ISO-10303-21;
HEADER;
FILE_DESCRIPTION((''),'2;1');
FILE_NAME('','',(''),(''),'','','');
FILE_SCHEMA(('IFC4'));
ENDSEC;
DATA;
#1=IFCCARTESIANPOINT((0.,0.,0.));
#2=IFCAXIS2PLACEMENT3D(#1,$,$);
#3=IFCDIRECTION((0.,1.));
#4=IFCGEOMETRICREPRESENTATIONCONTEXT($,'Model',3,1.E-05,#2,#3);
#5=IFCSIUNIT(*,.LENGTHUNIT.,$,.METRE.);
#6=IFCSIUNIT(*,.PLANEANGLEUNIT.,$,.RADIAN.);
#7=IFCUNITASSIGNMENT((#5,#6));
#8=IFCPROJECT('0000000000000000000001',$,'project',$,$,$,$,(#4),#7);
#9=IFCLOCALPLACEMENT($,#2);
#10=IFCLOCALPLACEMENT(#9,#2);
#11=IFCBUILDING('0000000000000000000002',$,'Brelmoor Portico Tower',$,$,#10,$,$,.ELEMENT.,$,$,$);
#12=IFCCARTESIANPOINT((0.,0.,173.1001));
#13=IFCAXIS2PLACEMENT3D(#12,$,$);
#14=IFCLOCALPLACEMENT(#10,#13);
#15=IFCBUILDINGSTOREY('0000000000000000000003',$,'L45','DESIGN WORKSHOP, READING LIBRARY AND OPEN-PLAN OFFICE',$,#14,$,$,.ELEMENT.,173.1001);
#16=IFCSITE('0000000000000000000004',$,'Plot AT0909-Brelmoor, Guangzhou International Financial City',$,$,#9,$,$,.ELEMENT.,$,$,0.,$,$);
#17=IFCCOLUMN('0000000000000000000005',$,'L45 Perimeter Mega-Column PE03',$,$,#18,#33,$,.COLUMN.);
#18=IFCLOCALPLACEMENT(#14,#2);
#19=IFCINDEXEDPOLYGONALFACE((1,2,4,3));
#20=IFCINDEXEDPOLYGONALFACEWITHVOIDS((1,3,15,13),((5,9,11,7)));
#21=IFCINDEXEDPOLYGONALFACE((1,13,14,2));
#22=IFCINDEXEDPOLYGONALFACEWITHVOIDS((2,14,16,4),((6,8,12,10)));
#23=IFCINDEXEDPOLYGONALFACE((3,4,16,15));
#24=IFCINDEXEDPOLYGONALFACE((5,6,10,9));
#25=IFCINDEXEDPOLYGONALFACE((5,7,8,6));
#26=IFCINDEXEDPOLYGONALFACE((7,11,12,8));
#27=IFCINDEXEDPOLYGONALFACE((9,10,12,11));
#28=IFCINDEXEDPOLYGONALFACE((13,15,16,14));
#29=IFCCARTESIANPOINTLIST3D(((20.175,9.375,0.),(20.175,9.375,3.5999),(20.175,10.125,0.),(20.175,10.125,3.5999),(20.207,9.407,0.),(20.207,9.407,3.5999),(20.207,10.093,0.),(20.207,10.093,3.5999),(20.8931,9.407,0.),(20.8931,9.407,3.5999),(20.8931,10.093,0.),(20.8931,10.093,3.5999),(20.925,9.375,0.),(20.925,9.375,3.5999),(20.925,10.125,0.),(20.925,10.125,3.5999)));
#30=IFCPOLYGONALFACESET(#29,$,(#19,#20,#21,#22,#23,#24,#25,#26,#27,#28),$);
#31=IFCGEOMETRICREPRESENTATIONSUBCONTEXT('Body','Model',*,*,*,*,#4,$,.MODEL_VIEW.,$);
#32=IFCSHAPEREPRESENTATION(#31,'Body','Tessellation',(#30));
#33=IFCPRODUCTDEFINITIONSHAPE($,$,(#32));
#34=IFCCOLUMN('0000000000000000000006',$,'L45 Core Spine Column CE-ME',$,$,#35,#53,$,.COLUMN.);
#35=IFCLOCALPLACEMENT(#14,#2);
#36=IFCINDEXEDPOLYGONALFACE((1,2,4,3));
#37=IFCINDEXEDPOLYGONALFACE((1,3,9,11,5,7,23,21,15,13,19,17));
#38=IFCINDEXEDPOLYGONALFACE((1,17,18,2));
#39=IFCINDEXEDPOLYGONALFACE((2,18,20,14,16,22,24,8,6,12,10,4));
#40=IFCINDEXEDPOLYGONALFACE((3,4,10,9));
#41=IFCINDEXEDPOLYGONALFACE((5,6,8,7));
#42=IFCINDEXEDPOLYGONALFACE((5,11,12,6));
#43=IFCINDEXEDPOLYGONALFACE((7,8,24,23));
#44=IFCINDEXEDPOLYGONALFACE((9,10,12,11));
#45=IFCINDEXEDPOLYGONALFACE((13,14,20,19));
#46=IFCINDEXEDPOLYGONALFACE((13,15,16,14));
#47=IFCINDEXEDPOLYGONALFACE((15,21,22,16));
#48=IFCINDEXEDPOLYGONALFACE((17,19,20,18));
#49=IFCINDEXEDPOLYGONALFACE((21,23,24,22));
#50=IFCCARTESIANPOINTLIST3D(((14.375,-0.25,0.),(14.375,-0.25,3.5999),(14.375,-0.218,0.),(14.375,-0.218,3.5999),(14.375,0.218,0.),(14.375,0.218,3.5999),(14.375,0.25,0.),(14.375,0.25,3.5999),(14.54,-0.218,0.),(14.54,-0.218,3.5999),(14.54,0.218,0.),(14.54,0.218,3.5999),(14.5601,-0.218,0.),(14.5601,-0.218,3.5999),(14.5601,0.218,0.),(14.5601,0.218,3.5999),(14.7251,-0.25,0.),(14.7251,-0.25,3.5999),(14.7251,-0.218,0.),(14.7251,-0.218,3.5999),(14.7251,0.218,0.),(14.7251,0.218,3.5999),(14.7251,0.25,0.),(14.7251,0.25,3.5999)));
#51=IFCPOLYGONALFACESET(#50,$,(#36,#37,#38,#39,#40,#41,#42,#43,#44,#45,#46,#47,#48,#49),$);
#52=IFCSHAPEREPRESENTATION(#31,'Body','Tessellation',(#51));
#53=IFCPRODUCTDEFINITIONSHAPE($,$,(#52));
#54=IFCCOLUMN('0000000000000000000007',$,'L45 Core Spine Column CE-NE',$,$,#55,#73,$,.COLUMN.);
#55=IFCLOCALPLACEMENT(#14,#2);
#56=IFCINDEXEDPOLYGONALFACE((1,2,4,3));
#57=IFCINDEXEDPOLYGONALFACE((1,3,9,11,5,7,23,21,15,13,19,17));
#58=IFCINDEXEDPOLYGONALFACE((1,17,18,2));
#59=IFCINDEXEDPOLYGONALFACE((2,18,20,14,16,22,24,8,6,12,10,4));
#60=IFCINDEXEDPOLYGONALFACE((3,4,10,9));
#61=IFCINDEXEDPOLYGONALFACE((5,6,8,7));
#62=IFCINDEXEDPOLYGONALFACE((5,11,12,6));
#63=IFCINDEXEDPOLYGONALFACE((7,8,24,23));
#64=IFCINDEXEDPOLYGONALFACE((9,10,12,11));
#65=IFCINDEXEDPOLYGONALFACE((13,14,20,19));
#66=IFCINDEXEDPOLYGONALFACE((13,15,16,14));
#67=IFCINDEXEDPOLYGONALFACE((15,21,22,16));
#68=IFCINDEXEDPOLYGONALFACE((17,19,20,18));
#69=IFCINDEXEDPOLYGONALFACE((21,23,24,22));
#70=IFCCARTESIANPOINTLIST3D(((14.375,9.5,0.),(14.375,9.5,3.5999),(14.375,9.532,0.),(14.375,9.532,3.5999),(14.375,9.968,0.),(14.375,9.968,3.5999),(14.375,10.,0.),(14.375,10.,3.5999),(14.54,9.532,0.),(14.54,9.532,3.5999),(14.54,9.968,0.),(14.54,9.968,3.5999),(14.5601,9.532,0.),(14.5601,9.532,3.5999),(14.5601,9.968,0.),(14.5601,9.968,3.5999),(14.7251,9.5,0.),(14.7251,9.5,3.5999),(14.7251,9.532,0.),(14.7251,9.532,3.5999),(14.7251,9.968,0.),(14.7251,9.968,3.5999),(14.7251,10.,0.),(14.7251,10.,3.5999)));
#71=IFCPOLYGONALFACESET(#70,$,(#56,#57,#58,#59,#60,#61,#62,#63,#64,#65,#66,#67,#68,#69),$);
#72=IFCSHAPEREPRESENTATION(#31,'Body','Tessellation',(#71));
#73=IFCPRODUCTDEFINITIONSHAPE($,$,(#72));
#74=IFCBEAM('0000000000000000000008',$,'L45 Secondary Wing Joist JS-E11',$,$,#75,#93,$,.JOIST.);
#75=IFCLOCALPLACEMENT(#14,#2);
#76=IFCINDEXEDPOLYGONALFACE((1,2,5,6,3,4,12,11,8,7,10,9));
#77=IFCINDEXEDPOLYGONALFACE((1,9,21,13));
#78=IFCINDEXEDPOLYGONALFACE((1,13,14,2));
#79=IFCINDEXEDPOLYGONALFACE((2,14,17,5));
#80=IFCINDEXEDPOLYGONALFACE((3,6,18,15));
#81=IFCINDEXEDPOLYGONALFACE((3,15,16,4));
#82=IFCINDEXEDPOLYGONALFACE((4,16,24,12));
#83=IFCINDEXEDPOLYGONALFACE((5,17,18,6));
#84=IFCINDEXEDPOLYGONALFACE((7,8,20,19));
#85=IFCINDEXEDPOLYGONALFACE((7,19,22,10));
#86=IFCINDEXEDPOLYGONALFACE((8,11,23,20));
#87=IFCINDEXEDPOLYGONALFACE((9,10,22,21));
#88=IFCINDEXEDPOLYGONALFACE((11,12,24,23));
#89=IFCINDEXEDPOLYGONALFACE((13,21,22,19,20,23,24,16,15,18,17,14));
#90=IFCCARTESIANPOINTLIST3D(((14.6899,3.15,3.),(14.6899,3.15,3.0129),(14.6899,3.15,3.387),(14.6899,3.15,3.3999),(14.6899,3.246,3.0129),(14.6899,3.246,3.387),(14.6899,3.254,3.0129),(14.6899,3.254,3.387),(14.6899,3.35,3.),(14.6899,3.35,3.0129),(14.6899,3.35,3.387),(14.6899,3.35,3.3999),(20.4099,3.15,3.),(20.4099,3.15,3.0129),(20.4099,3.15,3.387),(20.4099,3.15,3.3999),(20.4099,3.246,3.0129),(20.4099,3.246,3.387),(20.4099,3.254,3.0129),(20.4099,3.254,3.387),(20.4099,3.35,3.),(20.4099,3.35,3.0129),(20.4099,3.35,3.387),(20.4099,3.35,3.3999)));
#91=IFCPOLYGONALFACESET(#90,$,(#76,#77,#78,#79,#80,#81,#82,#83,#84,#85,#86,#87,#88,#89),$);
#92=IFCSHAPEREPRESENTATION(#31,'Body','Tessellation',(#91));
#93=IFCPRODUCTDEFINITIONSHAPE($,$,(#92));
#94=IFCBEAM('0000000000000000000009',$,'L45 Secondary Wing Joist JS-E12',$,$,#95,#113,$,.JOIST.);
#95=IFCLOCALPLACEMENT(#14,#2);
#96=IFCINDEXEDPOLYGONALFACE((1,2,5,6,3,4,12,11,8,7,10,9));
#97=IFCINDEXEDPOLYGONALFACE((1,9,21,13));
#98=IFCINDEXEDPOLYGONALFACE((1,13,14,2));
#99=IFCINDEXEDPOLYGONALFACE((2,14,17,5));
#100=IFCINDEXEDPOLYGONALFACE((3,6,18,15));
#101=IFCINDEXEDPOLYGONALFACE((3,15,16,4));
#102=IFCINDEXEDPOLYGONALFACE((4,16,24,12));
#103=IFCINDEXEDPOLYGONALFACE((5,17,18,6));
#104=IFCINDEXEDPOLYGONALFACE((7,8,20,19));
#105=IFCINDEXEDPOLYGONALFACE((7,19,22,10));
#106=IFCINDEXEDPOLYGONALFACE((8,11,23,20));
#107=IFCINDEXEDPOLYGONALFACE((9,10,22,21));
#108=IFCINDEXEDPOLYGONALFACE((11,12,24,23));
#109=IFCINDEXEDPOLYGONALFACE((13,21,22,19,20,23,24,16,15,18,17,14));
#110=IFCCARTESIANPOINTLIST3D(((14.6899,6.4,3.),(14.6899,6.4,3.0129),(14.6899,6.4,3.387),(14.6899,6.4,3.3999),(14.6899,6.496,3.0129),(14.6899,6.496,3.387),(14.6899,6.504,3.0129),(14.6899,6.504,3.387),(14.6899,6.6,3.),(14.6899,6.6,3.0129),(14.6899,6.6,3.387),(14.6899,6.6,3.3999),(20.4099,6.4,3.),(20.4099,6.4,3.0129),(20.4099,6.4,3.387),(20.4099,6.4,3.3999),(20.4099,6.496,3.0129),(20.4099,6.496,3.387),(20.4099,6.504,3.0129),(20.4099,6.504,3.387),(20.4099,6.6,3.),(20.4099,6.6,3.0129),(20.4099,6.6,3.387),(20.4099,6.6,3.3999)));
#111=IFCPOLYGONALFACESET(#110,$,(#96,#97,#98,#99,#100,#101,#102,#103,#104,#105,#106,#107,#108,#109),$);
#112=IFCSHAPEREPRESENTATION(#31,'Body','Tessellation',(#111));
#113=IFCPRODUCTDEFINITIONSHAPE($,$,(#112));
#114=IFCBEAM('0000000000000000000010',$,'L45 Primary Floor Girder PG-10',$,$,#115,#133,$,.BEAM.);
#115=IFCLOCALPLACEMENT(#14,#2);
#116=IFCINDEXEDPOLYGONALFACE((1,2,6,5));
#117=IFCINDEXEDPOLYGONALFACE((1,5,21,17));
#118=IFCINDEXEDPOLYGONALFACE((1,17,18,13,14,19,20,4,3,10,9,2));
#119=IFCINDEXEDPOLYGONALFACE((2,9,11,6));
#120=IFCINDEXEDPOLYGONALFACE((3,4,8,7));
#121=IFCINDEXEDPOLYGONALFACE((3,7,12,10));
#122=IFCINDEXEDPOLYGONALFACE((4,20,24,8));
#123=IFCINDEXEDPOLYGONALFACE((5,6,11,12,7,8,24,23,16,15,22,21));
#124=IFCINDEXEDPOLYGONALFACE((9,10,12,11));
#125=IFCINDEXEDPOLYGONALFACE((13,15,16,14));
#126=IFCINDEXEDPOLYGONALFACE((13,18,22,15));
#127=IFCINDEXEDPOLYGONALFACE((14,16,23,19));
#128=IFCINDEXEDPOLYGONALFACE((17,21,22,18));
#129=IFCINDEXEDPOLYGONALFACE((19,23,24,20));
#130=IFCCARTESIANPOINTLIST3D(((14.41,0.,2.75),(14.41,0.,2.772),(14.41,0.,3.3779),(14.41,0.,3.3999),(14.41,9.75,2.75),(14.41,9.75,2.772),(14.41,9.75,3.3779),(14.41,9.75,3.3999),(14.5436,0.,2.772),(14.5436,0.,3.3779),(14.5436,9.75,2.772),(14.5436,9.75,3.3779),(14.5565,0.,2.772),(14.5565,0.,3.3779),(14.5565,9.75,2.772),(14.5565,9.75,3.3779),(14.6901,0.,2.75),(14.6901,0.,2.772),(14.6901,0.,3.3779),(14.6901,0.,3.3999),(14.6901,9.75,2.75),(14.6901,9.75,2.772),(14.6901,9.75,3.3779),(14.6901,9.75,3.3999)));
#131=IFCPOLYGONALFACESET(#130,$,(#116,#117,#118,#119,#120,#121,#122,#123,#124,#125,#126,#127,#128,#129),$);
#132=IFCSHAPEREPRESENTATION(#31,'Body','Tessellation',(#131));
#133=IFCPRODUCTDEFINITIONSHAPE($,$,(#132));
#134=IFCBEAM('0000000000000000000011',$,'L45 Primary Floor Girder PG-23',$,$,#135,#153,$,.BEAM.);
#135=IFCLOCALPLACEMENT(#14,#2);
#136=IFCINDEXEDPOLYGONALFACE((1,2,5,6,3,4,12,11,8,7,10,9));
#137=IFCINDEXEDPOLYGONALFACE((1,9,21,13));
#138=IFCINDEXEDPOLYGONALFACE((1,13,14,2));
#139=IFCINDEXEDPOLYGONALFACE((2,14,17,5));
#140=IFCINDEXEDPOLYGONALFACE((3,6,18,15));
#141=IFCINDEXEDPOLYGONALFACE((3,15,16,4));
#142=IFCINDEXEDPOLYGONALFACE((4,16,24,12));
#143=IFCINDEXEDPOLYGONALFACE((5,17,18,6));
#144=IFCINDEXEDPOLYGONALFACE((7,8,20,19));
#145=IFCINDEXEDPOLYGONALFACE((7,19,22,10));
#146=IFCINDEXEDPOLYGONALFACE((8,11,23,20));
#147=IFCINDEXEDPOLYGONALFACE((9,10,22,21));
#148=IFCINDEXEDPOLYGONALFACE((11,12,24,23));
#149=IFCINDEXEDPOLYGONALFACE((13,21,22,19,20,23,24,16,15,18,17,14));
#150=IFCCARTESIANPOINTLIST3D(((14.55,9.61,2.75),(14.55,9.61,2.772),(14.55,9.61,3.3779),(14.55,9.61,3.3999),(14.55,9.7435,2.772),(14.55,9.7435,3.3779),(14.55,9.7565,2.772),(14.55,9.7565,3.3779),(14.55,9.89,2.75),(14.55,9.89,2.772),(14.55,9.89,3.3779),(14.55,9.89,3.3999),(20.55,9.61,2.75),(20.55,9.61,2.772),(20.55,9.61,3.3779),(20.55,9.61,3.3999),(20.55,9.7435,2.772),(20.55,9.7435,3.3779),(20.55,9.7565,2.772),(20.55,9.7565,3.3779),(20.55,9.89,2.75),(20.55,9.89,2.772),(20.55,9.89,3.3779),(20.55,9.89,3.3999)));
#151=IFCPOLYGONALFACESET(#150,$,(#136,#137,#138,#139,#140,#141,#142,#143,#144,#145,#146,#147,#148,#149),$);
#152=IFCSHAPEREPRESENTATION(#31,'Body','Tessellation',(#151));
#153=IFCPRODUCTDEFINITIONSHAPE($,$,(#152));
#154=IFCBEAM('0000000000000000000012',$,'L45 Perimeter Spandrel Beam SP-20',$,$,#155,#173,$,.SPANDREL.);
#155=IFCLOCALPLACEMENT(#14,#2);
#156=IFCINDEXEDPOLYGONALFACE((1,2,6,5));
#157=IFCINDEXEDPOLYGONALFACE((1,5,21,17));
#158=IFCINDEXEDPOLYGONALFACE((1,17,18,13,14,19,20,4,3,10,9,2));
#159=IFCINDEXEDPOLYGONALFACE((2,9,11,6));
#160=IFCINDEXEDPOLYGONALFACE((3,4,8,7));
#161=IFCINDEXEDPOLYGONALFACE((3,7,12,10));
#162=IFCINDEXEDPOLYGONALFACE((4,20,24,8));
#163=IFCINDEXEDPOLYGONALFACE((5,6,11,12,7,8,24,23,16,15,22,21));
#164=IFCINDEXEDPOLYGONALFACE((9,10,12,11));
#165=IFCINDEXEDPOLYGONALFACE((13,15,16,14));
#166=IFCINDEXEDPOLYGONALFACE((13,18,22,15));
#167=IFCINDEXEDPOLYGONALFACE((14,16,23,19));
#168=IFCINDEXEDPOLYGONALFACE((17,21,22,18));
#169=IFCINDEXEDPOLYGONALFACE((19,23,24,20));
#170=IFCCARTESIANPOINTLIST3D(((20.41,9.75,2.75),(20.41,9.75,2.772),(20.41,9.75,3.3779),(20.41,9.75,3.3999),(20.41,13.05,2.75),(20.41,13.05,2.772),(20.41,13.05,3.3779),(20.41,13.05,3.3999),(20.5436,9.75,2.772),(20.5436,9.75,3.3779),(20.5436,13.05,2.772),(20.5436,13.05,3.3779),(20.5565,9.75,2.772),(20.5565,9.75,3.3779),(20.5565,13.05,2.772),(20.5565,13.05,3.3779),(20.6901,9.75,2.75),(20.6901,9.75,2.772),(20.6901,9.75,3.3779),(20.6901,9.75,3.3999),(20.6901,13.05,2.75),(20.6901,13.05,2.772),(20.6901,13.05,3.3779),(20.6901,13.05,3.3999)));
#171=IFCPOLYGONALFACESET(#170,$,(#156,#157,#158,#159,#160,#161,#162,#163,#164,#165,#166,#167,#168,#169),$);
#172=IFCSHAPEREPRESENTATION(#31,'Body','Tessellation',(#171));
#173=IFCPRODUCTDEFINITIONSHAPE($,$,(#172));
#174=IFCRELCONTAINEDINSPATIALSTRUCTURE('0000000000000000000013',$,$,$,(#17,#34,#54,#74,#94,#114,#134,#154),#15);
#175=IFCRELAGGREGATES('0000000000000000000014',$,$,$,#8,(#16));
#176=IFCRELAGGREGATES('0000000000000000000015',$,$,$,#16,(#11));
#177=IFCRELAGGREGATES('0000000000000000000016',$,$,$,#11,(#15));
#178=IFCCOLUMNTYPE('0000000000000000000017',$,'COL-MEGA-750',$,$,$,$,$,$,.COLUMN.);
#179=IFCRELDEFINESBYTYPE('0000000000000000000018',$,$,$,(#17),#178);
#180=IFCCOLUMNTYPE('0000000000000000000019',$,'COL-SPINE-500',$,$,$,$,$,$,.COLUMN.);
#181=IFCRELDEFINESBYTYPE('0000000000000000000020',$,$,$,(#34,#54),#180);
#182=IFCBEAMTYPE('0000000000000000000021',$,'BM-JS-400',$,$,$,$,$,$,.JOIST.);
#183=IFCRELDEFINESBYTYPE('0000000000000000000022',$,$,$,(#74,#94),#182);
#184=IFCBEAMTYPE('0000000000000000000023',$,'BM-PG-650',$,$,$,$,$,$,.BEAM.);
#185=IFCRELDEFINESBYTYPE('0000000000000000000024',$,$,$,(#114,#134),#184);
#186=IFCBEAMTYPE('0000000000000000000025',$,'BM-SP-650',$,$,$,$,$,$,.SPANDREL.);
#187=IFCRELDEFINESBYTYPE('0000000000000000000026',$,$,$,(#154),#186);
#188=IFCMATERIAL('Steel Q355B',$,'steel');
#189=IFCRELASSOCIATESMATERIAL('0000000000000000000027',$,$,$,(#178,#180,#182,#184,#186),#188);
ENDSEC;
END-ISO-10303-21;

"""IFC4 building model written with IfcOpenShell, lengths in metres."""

from ifc_helpers import new_model, si_unit, direction, frame, origin, origin_2d, place, context, subcontext, project, spatial, hollow_rectangle, i_section, extrude, material, material_profile, profile_set, type_object, element, save


model = new_model("IFC4")

# Units and contexts
model_context = context("Model", 3, precision=1e-05, world=origin(), true_north=direction((0.0, 1.0)))
body_context = subcontext(model_context, "Body", "Model", "MODEL_VIEW")
ifc_project = project(units=[si_unit("LENGTHUNIT", "METRE"), si_unit("PLANEANGLEUNIT", "RADIAN")], contexts=[model_context])

# Site, building, storey
site_placement = place(None, origin())
site = spatial("IfcSite", under=ifc_project, at=site_placement, Name="Plot AT0909-Brelmoor, Guangzhou International Financial City", CompositionType="ELEMENT", RefElevation=0.0)
building_placement = place(site_placement, origin())
building = spatial("IfcBuilding", under=site, at=building_placement, Name="Brelmoor Portico Tower", CompositionType="ELEMENT")
storey_placement = place(building_placement, frame((0.0, 0.0, 173.1001)))
storey = spatial("IfcBuildingStorey", under=building, at=storey_placement, Name="L45", Description="DESIGN WORKSHOP, READING LIBRARY AND OPEN-PLAN OFFICE", CompositionType="ELEMENT", Elevation=173.1001)

# Columns
ifc_material_1 = material(Name="Steel Q355B", Category="steel")
ifc_material_profile_1 = material_profile(ifc_material_1, hollow_rectangle(XDim=0.75, YDim=0.75, WallThickness=0.032, at=origin_2d()), Name="BOX 750x750x32")
ifc_profile_set_1 = profile_set([ifc_material_profile_1], Name="Steel Q355B")
column_type_1 = type_object("IfcColumnType", Name="COL-MEGA-750", PredefinedType="COLUMN", material=ifc_profile_set_1)
column_placement = place(storey_placement, frame((20.55, 9.75, 0.0), z_axis=(0.0, 0.0, 1.0), x_axis=(0.0, 1.0, 0.0)))
element("IfcColumn", 1, at=column_placement, inside=storey, type_object=column_type_1, Name="L45 Perimeter Mega-Column PE03", PredefinedType="COLUMN", context=body_context, shape_type="SweptSolid", body=[
    extrude(hollow_rectangle(XDim=0.75, YDim=0.75, WallThickness=0.032, at=origin_2d()), origin(), (0.0, 0.0, 1.0), 3.5999),
])
ifc_material_profile_2 = material_profile(ifc_material_1, i_section(OverallWidth=0.3501, OverallDepth=0.5, WebThickness=0.02, FlangeThickness=0.032, at=origin_2d()), Name="HW 500x350x20x32")
ifc_profile_set_2 = profile_set([ifc_material_profile_2], Name="Steel Q355B")
column_type_2 = type_object("IfcColumnType", Name="COL-SPINE-500", PredefinedType="COLUMN", material=ifc_profile_set_2)
for number, where, z_axis, x_axis, name in (
    (2, (14.55, 0.0, 0.0), (0.0, 0.0, 1.0), (1.0, 0.0, 0.0), "L45 Core Spine Column CE-ME"),
    (3, (14.55, 9.75, 0.0), (0.0, 0.0, 1.0), (1.0, 0.0, 0.0), "L45 Core Spine Column CE-NE"),
):
    element("IfcColumn", number, at=place(storey_placement, frame(where, z_axis=z_axis, x_axis=x_axis)), inside=storey, type_object=column_type_2, Name=name, PredefinedType="COLUMN", context=body_context, shape_type="SweptSolid", body=[
        extrude(i_section(OverallWidth=0.3501, OverallDepth=0.5, WebThickness=0.02, FlangeThickness=0.032, at=origin_2d()), origin(), (0.0, 0.0, 1.0), 3.5999),
    ])

# Beams
ifc_material_profile_3 = material_profile(ifc_material_1, i_section(OverallWidth=0.2, OverallDepth=0.3999, WebThickness=0.0081, FlangeThickness=0.0129, at=origin_2d()), Name="HN 400x200x8x13")
ifc_profile_set_3 = profile_set([ifc_material_profile_3], Name="Steel Q355B")
beam_type_1 = type_object("IfcBeamType", Name="BM-JS-400", PredefinedType="JOIST", material=ifc_profile_set_3)
for number, where, z_axis, x_axis, name in (
    (4, (14.6899, 3.25, 3.2), (1.0, 0.0, 0.0), (0.0, 1.0, 0.0), "L45 Secondary Wing Joist JS-E11"),
    (5, (14.6899, 6.5, 3.2), (1.0, 0.0, 0.0), (0.0, 1.0, 0.0), "L45 Secondary Wing Joist JS-E12"),
):
    element("IfcBeam", number, at=place(storey_placement, frame(where, z_axis=z_axis, x_axis=x_axis)), inside=storey, type_object=beam_type_1, Name=name, PredefinedType="JOIST", context=body_context, shape_type="SweptSolid", body=[
        extrude(i_section(OverallWidth=0.2, OverallDepth=0.3999, WebThickness=0.0081, FlangeThickness=0.0129, at=origin_2d()), origin(), (0.0, 0.0, 1.0), 5.72),
    ])
ifc_material_profile_4 = material_profile(ifc_material_1, i_section(OverallWidth=0.28, OverallDepth=0.6499, WebThickness=0.0129, FlangeThickness=0.022, at=origin_2d()), Name="HN 650x280x13x22")
ifc_profile_set_4 = profile_set([ifc_material_profile_4], Name="Steel Q355B")
beam_type_2 = type_object("IfcBeamType", Name="BM-PG-650", PredefinedType="BEAM", material=ifc_profile_set_4)
beam_1_placement = place(storey_placement, frame((14.55, 0.0, 3.075), z_axis=(0.0, 1.0, 0.0), x_axis=(-1.0, 0.0, 0.0)))
element("IfcBeam", 6, at=beam_1_placement, inside=storey, type_object=beam_type_2, Name="L45 Primary Floor Girder PG-10", PredefinedType="BEAM", context=body_context, shape_type="SweptSolid", body=[
    extrude(i_section(OverallWidth=0.28, OverallDepth=0.6499, WebThickness=0.0129, FlangeThickness=0.022, at=origin_2d()), origin(), (0.0, 0.0, 1.0), 9.75),
])
beam_2_placement = place(storey_placement, frame((14.55, 9.75, 3.075), z_axis=(1.0, 0.0, 0.0), x_axis=(0.0, 1.0, 0.0)))
element("IfcBeam", 7, at=beam_2_placement, inside=storey, type_object=beam_type_2, Name="L45 Primary Floor Girder PG-23", PredefinedType="BEAM", context=body_context, shape_type="SweptSolid", body=[
    extrude(i_section(OverallWidth=0.28, OverallDepth=0.6499, WebThickness=0.0129, FlangeThickness=0.022, at=origin_2d()), origin(), (0.0, 0.0, 1.0), 6.0),
])
ifc_material_profile_5 = material_profile(ifc_material_1, i_section(OverallWidth=0.28, OverallDepth=0.6499, WebThickness=0.0129, FlangeThickness=0.022, at=origin_2d()), Name="HN 650x280x13x22")
ifc_profile_set_5 = profile_set([ifc_material_profile_5], Name="Steel Q355B")
beam_type_3 = type_object("IfcBeamType", Name="BM-SP-650", PredefinedType="SPANDREL", material=ifc_profile_set_5)
beam_3_placement = place(storey_placement, frame((20.55, 9.75, 3.075), z_axis=(0.0, 1.0, 0.0), x_axis=(-1.0, 0.0, 0.0)))
element("IfcBeam", 8, at=beam_3_placement, inside=storey, type_object=beam_type_3, Name="L45 Perimeter Spandrel Beam SP-20", PredefinedType="SPANDREL", context=body_context, shape_type="SweptSolid", body=[
    extrude(i_section(OverallWidth=0.28, OverallDepth=0.6499, WebThickness=0.0129, FlangeThickness=0.022, at=origin_2d()), origin(), (0.0, 0.0, 1.0), 3.3),
])

save(model, "model.ifc")
